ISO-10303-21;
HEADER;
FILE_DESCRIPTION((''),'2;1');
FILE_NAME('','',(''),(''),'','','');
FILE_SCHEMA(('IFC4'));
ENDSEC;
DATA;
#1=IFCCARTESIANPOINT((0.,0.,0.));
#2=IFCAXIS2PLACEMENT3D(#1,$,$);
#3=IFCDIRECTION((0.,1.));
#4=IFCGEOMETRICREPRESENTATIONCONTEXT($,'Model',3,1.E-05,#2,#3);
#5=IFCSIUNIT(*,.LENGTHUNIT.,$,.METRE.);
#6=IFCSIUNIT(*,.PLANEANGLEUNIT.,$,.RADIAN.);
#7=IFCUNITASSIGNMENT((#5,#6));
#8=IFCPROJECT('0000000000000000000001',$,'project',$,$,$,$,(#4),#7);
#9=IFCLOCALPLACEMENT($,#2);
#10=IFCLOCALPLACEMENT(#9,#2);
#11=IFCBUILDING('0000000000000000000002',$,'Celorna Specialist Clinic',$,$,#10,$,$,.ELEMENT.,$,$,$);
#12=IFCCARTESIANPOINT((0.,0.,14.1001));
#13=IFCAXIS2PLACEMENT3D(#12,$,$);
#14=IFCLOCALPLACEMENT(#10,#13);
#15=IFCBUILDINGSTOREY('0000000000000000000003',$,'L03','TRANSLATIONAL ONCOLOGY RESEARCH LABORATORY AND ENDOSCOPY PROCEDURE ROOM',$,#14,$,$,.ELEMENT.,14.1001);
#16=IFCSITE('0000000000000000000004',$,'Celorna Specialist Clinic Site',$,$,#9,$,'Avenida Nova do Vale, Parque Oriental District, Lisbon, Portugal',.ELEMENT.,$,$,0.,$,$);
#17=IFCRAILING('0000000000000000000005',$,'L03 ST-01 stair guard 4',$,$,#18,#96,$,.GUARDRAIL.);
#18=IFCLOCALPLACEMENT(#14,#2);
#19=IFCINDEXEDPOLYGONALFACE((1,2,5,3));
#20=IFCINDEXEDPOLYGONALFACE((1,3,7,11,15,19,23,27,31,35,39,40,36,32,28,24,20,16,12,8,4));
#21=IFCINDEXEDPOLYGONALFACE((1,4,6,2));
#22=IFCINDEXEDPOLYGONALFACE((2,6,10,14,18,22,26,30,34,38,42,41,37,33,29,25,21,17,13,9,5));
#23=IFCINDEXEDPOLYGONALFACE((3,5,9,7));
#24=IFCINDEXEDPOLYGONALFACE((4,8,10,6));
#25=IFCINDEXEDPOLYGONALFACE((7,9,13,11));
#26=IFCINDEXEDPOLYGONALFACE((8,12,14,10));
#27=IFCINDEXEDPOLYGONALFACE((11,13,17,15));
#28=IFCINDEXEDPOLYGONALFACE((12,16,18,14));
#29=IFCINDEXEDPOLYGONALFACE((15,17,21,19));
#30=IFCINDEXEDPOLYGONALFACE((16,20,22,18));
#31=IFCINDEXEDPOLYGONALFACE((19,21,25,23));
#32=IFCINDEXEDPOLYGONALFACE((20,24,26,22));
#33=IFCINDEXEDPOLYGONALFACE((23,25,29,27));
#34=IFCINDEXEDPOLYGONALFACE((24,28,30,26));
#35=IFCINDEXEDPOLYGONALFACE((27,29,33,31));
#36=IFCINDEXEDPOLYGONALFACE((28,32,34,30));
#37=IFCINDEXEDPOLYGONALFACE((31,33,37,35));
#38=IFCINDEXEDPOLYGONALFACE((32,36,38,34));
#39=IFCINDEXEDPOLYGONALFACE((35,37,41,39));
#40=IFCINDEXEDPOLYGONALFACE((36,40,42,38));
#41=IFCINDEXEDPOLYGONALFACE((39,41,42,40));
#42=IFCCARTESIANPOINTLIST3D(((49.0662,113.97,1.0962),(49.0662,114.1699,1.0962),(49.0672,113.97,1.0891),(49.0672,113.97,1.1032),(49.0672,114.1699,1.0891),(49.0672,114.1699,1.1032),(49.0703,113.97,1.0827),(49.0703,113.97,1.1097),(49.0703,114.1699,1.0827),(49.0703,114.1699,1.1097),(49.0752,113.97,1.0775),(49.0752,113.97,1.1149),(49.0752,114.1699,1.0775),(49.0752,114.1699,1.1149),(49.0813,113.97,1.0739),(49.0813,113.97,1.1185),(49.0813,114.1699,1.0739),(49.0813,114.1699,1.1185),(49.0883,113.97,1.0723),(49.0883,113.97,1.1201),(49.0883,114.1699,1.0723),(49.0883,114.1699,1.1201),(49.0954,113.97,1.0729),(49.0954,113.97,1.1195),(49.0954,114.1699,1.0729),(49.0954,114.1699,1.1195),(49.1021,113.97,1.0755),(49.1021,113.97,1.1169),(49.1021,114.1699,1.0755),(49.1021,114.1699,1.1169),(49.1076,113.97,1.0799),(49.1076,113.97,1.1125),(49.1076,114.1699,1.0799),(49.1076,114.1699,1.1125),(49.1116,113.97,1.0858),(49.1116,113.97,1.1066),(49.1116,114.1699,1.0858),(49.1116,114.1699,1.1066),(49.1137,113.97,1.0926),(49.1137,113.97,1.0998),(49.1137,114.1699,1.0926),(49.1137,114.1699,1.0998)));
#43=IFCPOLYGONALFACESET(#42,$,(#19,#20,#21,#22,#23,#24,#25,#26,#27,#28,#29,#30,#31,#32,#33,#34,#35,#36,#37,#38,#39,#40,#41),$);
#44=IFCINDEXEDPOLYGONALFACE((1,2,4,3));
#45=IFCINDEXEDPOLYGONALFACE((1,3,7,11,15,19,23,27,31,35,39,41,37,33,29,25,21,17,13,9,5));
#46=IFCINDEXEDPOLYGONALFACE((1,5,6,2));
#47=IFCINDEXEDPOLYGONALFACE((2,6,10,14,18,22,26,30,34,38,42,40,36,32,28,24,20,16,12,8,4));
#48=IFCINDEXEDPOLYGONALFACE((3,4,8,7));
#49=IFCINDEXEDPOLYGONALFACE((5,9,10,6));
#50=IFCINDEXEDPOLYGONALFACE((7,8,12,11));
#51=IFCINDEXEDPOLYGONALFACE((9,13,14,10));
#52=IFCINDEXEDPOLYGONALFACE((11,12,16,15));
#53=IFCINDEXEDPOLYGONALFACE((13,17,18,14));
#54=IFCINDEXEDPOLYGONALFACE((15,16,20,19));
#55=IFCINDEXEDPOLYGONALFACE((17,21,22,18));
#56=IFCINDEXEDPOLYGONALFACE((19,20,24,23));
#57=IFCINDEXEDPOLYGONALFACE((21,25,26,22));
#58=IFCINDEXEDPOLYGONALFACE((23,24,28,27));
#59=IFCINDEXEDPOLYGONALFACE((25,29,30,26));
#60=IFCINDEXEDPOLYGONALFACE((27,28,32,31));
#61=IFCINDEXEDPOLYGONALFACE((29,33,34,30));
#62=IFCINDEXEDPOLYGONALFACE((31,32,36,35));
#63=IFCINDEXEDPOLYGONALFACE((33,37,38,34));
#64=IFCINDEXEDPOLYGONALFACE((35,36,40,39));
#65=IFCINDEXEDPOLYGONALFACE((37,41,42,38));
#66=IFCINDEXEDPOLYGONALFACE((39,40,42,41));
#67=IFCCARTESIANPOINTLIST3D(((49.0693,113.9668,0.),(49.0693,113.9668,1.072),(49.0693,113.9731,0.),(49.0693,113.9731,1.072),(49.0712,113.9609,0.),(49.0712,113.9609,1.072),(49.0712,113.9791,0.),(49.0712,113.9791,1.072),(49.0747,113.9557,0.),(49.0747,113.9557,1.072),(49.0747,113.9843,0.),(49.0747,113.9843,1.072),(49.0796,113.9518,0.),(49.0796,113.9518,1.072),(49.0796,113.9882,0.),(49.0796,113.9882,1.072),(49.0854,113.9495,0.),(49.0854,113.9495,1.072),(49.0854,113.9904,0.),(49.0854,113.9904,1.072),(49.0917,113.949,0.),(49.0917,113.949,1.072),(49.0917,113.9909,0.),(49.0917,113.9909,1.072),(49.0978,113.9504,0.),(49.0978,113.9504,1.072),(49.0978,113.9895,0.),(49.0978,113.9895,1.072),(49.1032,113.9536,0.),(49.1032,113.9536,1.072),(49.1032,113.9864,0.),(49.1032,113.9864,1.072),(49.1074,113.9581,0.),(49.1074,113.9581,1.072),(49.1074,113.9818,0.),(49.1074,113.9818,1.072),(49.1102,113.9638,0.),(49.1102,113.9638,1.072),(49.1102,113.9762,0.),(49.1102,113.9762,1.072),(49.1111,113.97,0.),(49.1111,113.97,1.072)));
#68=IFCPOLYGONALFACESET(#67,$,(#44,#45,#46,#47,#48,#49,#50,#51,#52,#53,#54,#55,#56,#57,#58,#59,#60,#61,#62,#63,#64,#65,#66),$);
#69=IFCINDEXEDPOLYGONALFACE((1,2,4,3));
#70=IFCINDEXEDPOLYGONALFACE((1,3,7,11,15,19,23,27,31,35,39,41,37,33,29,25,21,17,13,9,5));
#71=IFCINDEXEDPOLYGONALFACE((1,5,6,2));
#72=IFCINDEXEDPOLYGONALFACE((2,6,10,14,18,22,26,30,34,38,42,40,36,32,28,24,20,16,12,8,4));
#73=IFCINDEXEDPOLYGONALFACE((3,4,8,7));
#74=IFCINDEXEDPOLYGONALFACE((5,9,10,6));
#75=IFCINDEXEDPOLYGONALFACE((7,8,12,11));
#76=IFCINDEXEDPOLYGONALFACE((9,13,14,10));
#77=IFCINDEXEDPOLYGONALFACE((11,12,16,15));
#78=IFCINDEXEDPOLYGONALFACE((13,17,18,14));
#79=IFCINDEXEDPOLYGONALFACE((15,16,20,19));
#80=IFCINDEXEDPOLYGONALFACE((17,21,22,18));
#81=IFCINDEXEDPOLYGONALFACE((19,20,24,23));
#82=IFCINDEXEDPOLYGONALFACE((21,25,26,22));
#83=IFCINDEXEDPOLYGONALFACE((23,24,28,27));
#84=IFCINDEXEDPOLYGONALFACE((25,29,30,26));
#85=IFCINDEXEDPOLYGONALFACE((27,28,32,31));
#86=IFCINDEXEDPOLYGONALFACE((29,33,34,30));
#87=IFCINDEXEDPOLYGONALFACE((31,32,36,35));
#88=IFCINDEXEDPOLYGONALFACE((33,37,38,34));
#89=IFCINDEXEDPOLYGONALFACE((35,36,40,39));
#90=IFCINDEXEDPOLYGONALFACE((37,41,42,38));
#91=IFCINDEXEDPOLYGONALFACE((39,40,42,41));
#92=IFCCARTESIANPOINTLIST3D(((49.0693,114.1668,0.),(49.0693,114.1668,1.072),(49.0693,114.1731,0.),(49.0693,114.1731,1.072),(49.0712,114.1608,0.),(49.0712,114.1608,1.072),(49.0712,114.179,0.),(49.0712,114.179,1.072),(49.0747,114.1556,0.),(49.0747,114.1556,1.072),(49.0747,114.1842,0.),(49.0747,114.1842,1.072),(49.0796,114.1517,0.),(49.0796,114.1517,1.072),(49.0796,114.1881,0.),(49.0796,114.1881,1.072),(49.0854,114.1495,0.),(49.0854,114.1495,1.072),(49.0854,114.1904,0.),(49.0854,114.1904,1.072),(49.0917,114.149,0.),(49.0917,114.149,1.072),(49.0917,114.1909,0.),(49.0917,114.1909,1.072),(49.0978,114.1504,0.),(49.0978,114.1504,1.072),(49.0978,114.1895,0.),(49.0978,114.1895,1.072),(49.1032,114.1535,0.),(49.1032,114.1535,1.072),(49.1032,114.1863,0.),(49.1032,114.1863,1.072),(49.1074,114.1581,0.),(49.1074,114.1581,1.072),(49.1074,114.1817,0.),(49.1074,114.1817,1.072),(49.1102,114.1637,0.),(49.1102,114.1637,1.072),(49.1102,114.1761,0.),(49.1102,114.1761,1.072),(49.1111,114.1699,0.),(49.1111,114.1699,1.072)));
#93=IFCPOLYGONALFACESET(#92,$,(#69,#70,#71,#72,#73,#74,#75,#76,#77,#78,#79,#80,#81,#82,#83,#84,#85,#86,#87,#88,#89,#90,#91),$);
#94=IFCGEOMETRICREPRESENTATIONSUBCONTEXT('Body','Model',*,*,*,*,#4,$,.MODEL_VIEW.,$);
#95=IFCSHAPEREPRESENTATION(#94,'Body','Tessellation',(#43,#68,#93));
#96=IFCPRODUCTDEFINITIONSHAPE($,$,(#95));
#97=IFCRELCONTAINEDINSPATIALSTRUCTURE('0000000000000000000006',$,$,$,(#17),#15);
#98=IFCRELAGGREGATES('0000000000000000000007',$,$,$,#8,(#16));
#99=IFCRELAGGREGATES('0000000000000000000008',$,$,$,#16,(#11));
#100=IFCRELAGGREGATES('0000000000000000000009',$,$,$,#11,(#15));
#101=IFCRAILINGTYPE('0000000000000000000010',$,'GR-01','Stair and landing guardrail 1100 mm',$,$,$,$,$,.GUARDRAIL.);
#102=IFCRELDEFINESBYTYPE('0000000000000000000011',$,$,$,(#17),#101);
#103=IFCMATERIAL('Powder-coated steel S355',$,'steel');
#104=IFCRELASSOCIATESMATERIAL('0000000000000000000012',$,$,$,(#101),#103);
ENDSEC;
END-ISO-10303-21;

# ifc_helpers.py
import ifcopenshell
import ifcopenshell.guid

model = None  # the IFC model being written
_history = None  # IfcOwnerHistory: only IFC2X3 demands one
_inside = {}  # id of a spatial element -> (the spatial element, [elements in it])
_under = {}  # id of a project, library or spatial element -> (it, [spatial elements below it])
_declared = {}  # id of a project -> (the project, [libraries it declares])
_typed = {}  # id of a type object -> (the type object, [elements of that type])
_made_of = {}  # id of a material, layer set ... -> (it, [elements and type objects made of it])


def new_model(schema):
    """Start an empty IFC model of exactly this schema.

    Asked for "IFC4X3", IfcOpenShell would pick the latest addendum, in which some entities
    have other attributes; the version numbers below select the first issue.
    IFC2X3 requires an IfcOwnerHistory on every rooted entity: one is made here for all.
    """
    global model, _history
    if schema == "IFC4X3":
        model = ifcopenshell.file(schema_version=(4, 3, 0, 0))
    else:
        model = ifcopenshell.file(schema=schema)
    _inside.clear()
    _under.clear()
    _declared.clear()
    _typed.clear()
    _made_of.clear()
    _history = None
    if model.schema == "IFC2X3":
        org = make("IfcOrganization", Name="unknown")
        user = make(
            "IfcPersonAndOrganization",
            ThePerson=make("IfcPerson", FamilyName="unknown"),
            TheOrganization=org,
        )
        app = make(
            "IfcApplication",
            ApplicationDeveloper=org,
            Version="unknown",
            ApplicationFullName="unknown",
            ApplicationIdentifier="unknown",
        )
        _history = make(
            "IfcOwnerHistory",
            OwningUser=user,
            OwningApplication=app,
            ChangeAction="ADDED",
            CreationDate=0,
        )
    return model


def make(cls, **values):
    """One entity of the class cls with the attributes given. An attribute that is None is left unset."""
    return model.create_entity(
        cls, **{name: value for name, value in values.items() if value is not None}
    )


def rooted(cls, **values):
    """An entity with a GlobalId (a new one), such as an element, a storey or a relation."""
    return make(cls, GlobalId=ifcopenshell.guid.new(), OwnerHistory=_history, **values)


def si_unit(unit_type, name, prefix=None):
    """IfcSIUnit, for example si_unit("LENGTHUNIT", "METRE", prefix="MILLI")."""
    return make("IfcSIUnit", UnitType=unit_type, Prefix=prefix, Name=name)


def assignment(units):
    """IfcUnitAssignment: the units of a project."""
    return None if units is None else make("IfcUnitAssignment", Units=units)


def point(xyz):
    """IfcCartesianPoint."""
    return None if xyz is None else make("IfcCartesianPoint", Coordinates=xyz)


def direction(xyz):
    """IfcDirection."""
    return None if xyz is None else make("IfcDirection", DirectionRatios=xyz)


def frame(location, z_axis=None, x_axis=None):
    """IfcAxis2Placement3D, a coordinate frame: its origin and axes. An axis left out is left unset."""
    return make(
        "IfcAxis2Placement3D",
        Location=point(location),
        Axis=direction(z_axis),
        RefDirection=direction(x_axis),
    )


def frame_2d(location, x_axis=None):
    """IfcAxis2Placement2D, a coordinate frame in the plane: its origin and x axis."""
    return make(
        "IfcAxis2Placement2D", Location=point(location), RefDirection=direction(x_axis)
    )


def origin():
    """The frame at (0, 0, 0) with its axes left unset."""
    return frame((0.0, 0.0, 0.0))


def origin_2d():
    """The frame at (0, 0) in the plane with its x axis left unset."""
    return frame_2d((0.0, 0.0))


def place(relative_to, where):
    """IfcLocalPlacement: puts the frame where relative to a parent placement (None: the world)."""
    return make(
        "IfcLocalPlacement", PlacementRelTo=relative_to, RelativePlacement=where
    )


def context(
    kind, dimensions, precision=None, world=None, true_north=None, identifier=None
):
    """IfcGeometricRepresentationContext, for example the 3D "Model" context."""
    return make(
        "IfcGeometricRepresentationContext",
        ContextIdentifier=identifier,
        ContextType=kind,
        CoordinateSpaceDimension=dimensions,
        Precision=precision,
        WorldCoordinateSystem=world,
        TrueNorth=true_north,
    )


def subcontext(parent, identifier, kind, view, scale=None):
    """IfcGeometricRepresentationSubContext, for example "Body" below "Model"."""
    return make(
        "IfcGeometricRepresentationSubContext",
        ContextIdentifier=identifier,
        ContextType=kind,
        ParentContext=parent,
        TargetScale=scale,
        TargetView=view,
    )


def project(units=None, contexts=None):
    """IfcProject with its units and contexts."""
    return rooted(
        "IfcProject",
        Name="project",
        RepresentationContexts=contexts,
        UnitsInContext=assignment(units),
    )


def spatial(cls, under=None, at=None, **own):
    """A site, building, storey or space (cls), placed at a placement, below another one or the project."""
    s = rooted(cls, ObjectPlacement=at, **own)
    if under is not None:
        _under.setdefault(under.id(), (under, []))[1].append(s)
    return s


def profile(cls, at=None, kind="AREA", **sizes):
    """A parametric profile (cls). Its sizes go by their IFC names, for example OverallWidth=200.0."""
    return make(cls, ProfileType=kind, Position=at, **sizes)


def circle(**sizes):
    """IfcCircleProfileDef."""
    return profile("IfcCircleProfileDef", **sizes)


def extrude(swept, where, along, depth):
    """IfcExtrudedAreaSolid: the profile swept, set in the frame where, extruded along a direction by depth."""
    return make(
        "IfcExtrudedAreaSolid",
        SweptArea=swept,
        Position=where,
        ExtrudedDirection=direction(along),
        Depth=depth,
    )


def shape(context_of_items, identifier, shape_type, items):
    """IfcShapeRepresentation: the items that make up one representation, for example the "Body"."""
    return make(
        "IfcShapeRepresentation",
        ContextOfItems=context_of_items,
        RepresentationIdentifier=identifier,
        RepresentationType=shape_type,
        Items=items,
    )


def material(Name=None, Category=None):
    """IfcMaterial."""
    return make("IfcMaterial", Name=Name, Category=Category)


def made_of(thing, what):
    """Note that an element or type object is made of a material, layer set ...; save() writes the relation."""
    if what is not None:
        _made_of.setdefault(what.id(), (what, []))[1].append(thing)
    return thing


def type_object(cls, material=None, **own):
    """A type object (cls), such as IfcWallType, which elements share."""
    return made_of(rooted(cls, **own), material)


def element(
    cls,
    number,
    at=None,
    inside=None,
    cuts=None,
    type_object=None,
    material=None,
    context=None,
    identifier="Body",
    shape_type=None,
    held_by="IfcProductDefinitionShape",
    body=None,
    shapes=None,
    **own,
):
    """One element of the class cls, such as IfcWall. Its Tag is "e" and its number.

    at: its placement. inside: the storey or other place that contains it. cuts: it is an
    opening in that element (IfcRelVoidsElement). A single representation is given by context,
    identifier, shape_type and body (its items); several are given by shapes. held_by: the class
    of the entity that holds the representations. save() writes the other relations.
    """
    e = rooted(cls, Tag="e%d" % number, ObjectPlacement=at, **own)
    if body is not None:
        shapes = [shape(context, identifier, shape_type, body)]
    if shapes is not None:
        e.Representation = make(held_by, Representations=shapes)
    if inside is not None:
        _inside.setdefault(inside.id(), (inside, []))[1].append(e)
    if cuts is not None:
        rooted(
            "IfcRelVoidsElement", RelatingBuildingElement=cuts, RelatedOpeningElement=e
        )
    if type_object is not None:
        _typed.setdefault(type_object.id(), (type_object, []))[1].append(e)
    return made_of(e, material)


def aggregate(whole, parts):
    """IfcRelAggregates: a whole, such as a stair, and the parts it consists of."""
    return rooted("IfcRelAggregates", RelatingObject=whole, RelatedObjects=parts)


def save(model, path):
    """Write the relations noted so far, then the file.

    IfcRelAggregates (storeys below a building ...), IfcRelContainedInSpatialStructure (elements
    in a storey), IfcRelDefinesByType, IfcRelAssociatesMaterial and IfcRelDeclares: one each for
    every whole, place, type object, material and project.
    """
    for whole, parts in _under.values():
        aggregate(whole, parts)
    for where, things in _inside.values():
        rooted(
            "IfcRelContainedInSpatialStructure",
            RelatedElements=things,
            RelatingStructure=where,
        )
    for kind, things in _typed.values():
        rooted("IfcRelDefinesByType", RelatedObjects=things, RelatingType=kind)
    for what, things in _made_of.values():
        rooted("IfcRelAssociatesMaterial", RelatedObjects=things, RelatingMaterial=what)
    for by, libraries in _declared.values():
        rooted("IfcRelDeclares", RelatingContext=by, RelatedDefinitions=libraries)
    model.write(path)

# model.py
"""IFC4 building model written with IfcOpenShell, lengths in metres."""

from ifc_helpers import new_model, si_unit, direction, frame, origin, origin_2d, place, context, subcontext, project, spatial, circle, extrude, material, type_object, element, save


model = new_model("IFC4")

# Units and contexts
model_context = context("Model", 3, precision=1e-05, world=origin(), true_north=direction((0.0, 1.0)))
body_context = subcontext(model_context, "Body", "Model", "MODEL_VIEW")
ifc_project = project(units=[si_unit("LENGTHUNIT", "METRE"), si_unit("PLANEANGLEUNIT", "RADIAN")], contexts=[model_context])

# Site, building, storey
site_placement = place(None, origin())
site = spatial("IfcSite", under=ifc_project, at=site_placement, Name="Celorna Specialist Clinic Site", LongName="Avenida Nova do Vale, Parque Oriental District, Lisbon, Portugal", CompositionType="ELEMENT", RefElevation=0.0)
building_placement = place(site_placement, origin())
building = spatial("IfcBuilding", under=site, at=building_placement, Name="Celorna Specialist Clinic", CompositionType="ELEMENT")
storey_placement = place(building_placement, frame((0.0, 0.0, 14.1001)))
storey = spatial("IfcBuildingStorey", under=building, at=storey_placement, Name="L03", Description="TRANSLATIONAL ONCOLOGY RESEARCH LABORATORY AND ENDOSCOPY PROCEDURE ROOM", CompositionType="ELEMENT", Elevation=14.1001)

# Railing
ifc_material_1 = material(Name="Powder-coated steel S355", Category="steel")
railing_type_1 = type_object("IfcRailingType", Name="GR-01", Description="Stair and landing guardrail 1100 mm", PredefinedType="GUARDRAIL", material=ifc_material_1)
railing_1_placement = place(storey_placement, frame((49.0901, 113.97, 0.0)))
element("IfcRailing", 1, at=railing_1_placement, inside=storey, type_object=railing_type_1, Name="L03 ST-01 stair guard 4", PredefinedType="GUARDRAIL", context=body_context, shape_type="SweptSolid", body=[
    extrude(circle(Radius=0.0239, at=origin_2d()), frame((0.0, 0.0, 1.0962), z_axis=(0.0, 1.0, 0.0), x_axis=(-1.0, 0.0, 0.0)), (0.0, 0.0, 1.0), 0.2),
    extrude(circle(Radius=0.021, at=origin_2d()), origin(), (0.0, 0.0, 1.0), 1.072),
    extrude(circle(Radius=0.021, at=origin_2d()), frame((0.0, 0.2, 0.0)), (0.0, 0.0, 1.0), 1.072),
])

save(model, "model.ifc")
